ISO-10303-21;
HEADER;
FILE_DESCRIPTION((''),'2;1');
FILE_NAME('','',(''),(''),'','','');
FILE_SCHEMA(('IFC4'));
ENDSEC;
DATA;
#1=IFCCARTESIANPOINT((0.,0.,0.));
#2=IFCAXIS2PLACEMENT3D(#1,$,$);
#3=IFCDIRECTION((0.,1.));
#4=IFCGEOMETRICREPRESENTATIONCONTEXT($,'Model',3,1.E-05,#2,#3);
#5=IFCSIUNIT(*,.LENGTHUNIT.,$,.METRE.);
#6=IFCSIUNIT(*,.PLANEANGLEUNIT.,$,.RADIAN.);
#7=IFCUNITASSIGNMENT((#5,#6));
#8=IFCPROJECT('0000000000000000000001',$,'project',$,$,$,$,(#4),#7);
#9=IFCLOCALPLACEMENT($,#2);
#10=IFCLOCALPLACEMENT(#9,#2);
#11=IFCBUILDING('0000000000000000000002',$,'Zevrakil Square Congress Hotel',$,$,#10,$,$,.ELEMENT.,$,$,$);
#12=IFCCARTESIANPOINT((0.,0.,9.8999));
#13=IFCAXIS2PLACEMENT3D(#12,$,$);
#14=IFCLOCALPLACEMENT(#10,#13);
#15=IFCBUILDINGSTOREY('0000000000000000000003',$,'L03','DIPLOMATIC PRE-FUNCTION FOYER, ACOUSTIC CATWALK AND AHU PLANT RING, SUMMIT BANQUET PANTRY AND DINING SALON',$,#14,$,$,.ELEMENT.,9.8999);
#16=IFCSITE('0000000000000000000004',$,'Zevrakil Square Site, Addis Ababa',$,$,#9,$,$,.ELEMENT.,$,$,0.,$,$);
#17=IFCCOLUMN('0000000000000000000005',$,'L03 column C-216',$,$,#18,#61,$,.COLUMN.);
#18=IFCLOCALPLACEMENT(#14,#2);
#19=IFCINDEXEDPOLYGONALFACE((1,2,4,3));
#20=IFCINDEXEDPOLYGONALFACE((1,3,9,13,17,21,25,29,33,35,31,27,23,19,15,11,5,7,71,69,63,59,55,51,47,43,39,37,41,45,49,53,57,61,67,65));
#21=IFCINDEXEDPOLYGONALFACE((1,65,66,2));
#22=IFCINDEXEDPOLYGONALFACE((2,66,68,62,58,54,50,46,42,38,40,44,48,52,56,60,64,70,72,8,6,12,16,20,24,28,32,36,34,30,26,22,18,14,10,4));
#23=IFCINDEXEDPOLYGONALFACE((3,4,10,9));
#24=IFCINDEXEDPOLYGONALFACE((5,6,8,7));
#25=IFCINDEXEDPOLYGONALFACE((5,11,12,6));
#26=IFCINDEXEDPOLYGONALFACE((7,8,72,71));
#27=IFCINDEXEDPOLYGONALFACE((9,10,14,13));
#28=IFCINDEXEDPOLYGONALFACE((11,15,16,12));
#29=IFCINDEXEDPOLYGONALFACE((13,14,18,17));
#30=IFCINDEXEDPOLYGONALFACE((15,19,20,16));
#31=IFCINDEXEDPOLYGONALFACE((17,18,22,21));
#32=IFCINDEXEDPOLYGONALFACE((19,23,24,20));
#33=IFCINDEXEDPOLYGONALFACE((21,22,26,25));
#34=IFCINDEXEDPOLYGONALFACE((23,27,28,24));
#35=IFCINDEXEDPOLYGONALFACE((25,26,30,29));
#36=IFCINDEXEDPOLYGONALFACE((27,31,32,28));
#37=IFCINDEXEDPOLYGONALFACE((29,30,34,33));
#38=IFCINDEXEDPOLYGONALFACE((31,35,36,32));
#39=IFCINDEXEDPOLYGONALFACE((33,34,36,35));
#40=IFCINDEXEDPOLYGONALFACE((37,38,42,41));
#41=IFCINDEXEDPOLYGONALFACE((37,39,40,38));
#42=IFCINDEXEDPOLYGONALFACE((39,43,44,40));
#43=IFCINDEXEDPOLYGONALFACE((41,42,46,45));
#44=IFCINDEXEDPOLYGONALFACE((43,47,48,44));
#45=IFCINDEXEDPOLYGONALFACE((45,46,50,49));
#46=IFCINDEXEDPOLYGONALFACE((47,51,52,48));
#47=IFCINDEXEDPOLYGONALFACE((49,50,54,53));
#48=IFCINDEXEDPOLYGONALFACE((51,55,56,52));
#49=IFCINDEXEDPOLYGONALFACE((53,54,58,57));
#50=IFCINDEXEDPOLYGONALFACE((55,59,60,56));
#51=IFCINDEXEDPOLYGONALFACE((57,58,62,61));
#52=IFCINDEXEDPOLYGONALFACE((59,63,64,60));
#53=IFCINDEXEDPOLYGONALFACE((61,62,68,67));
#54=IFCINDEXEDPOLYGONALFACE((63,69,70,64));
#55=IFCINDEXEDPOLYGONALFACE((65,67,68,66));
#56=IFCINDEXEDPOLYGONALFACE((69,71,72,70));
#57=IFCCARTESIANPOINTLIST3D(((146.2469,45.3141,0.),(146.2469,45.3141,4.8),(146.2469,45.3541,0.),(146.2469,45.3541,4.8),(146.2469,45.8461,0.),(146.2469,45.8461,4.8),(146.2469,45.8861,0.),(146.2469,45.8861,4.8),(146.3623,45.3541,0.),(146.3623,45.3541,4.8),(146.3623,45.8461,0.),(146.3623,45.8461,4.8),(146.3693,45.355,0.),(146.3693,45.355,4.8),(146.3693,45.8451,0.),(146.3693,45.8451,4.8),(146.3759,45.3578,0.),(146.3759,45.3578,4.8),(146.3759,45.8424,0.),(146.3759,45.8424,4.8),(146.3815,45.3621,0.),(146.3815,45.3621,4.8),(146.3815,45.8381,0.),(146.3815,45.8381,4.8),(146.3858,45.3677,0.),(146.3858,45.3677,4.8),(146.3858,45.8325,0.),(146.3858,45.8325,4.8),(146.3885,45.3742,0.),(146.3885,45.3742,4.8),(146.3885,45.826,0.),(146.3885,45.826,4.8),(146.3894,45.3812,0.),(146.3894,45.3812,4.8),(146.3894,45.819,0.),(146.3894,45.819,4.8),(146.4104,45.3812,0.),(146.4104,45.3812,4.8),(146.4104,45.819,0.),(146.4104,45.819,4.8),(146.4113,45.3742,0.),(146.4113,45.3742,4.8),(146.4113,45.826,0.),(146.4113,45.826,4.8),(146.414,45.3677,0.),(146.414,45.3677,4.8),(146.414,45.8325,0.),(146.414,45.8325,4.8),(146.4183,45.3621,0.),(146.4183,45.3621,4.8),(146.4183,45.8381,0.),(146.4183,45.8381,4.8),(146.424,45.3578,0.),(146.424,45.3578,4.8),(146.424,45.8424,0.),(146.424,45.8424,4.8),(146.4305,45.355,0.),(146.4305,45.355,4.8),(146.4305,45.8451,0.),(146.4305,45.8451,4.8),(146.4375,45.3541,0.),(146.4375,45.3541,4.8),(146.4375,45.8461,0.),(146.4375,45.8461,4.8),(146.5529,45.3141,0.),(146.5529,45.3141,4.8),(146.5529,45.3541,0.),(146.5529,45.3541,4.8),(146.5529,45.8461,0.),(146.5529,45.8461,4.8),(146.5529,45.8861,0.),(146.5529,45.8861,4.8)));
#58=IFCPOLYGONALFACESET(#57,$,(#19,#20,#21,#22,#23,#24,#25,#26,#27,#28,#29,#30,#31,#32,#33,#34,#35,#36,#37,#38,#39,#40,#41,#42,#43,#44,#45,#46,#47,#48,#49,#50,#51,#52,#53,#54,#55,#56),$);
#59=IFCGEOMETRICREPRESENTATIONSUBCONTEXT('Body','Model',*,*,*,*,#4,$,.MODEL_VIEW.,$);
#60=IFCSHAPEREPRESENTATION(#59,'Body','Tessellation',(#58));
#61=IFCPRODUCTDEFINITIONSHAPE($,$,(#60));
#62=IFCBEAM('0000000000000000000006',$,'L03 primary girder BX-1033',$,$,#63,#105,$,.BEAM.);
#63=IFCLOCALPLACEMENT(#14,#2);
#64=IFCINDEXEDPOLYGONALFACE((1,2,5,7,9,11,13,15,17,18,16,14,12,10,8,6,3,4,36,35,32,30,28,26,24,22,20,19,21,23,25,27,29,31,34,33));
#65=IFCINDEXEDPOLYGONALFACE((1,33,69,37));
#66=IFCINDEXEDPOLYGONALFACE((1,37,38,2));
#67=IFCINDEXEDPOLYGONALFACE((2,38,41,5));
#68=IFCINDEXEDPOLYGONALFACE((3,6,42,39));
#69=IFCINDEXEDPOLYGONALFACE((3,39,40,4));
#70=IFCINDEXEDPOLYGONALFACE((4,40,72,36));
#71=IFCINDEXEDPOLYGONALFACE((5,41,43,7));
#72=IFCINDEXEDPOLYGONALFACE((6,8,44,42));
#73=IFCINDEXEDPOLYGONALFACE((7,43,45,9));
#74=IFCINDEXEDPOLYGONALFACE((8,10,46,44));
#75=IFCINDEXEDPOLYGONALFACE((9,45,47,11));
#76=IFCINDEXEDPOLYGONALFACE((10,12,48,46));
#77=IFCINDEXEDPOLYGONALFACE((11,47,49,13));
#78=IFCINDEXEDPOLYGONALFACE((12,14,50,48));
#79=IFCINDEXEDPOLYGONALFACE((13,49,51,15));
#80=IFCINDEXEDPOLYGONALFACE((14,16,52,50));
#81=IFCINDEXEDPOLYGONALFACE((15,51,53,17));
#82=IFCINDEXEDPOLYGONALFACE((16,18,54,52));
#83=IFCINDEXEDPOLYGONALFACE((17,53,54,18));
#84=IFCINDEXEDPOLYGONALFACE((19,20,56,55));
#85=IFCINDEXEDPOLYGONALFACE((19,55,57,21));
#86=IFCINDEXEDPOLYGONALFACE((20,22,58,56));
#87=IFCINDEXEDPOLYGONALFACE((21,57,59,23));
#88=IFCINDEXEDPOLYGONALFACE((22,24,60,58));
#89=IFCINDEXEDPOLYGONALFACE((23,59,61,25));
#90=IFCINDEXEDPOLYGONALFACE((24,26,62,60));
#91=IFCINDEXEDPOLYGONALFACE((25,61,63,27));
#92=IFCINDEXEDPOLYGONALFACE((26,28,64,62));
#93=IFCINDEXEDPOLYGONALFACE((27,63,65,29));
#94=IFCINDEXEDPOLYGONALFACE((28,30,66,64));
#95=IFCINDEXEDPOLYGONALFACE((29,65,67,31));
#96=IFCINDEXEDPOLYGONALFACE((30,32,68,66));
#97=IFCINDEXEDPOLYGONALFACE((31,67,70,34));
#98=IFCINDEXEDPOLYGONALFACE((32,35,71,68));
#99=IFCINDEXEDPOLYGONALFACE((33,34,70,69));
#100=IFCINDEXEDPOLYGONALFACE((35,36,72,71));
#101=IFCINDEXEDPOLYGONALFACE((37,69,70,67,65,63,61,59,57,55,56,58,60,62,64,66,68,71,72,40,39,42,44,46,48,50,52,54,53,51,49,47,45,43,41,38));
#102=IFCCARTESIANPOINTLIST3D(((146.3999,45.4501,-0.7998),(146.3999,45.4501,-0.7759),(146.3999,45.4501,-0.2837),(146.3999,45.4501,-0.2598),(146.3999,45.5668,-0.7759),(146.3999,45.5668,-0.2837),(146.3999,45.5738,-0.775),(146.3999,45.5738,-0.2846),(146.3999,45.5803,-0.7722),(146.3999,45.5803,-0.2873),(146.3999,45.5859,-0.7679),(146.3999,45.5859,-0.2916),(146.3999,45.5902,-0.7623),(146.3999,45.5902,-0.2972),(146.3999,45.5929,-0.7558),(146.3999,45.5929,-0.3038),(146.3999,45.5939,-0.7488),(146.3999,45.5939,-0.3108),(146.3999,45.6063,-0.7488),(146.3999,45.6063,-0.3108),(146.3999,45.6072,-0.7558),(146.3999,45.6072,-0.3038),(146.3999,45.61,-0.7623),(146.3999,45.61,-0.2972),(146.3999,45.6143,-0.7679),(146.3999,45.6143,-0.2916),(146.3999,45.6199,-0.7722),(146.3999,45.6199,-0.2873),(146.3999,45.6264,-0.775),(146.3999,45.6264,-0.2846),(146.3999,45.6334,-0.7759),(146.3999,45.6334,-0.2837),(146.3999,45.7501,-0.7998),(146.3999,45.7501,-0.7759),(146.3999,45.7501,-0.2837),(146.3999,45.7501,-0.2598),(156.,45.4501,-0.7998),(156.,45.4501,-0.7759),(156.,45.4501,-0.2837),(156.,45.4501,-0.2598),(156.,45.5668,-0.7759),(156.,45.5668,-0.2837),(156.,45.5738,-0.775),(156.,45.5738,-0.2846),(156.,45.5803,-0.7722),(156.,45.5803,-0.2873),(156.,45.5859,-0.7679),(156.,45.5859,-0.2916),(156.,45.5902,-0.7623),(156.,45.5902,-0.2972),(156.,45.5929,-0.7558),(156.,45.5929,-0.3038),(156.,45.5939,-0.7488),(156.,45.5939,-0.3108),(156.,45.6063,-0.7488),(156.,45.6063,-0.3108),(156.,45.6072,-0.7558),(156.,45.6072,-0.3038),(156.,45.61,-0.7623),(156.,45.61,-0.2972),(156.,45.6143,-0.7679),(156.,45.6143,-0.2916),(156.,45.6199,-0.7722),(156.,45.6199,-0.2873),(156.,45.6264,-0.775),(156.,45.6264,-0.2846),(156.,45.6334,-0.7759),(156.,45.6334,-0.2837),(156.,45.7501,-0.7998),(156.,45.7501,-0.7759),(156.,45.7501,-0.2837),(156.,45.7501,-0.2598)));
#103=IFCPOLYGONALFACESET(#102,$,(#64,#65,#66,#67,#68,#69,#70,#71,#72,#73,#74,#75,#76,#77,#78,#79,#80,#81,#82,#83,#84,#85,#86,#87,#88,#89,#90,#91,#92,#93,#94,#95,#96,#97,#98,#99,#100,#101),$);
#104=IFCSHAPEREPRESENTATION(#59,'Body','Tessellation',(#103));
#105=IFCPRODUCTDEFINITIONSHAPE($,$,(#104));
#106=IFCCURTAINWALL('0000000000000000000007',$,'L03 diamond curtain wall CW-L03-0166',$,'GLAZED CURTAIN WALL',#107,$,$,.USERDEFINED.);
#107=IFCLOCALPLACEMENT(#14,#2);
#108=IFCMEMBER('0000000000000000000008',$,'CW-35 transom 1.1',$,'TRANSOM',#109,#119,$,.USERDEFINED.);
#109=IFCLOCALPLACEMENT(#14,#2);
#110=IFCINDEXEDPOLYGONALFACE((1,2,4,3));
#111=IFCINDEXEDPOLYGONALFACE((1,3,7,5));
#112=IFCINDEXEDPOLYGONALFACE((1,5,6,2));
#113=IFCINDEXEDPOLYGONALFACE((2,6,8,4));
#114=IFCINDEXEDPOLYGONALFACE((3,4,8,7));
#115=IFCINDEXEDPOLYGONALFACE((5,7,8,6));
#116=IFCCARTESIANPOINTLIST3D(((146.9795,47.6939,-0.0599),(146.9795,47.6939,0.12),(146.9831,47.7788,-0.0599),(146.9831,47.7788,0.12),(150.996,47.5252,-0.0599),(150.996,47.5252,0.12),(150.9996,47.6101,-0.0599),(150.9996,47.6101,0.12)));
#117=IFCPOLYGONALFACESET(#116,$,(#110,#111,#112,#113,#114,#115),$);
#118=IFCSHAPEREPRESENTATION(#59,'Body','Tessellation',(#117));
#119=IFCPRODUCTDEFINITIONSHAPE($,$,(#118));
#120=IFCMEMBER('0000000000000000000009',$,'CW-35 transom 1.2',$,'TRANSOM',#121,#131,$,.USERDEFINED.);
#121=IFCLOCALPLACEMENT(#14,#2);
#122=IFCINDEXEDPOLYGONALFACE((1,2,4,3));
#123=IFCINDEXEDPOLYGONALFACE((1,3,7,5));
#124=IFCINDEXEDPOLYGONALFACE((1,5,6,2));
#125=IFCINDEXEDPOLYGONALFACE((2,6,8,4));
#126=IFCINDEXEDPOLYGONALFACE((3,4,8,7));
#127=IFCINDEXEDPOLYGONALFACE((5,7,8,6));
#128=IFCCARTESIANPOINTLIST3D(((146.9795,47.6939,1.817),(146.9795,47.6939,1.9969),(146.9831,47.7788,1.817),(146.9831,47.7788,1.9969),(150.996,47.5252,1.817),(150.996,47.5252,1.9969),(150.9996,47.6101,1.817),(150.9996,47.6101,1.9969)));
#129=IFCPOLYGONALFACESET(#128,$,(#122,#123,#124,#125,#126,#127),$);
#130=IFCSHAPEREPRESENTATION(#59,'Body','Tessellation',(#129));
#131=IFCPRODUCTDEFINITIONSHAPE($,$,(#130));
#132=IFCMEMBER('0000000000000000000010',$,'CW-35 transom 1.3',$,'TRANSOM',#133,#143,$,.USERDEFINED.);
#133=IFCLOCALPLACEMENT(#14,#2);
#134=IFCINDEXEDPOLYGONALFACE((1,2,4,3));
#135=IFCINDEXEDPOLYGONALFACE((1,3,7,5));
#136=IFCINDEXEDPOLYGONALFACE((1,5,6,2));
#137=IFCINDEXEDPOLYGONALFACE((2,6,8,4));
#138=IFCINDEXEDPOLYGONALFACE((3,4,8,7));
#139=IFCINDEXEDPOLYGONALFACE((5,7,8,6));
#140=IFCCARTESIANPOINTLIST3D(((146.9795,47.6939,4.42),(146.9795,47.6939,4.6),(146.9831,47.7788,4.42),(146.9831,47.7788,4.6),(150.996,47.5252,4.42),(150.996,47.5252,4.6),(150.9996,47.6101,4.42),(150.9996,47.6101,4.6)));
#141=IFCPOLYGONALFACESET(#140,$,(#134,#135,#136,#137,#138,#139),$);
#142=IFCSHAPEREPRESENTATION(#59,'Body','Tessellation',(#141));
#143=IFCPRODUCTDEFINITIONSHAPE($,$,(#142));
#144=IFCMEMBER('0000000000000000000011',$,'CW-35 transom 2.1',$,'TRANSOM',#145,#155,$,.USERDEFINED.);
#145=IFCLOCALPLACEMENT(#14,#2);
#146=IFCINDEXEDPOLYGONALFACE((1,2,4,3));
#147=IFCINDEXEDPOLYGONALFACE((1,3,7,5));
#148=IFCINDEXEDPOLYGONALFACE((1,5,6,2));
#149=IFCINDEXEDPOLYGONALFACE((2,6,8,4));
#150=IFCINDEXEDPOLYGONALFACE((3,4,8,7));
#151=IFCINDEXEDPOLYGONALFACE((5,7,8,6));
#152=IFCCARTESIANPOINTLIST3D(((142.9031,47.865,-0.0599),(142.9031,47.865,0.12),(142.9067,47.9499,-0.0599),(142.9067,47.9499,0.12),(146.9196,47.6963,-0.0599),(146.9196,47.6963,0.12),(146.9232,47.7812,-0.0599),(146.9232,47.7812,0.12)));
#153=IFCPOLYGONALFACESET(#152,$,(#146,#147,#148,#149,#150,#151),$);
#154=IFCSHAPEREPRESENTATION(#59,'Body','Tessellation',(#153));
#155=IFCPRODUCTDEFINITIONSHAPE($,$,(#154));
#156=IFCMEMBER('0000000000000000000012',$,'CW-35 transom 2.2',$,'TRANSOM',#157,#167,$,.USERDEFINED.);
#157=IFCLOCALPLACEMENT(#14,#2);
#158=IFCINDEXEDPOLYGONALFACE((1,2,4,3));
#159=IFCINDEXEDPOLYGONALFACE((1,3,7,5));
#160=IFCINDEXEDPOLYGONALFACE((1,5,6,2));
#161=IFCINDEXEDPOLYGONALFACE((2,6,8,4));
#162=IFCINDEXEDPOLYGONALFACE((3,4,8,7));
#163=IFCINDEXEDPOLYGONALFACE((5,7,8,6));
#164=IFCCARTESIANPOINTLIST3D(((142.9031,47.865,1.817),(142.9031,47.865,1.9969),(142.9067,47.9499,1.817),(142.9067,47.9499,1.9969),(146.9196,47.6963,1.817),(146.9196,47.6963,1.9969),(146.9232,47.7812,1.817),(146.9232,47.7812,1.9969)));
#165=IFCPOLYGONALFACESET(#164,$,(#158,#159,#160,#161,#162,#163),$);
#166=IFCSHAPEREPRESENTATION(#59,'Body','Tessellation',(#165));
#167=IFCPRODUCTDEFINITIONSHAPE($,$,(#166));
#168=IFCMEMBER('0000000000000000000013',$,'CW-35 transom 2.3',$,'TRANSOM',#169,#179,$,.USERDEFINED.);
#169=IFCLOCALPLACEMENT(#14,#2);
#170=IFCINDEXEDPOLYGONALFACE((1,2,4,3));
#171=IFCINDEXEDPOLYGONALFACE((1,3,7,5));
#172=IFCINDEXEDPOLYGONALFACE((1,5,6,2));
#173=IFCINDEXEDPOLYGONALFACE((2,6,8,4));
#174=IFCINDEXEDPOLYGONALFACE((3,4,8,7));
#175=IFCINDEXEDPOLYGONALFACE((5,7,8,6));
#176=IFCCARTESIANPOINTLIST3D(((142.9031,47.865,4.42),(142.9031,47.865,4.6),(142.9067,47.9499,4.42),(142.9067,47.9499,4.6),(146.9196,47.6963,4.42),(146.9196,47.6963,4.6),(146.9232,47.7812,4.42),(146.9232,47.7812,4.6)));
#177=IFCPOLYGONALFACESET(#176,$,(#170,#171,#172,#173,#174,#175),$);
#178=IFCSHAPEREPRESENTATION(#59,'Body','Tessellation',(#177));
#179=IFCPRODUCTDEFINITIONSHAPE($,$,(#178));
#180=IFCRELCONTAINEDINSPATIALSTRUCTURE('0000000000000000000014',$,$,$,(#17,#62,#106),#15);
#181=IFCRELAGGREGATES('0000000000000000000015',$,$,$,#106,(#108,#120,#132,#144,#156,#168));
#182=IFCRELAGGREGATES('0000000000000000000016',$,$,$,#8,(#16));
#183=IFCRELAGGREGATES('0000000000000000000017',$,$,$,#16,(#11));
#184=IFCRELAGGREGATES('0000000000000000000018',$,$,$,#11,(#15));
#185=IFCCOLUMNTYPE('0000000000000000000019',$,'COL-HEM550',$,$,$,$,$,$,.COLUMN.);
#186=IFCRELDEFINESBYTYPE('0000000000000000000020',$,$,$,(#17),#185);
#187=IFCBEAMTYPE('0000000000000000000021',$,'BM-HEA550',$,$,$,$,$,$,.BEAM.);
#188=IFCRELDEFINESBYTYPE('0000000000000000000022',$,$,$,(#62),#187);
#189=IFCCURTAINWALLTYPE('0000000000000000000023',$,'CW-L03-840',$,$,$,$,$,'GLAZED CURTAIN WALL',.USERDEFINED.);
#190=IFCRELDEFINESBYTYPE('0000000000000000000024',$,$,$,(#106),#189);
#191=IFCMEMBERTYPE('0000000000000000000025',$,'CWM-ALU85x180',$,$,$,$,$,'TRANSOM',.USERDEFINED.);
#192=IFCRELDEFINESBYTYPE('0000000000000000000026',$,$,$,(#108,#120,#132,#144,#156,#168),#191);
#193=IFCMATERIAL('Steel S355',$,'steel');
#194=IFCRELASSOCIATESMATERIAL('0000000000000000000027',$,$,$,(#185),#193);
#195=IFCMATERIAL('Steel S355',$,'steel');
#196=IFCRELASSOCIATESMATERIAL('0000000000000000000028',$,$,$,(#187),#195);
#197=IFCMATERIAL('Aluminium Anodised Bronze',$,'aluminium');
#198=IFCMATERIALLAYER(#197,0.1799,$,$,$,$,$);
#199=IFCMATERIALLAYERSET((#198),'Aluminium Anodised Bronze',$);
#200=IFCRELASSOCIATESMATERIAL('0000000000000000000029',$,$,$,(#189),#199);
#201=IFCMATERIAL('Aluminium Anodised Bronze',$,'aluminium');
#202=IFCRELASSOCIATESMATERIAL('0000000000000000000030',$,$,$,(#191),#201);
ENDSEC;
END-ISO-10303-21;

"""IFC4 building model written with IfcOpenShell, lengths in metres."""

from ifc_helpers import new_model, si_unit, direction, frame, origin, origin_2d, place, context, subcontext, project, spatial, rectangle, i_section, extrude, material, layer, layer_set, material_profile, profile_set, type_object, element, aggregate, save


model = new_model("IFC4")

# Units and contexts
model_context = context("Model", 3, precision=1e-05, world=origin(), true_north=direction((0.0, 1.0)))
body_context = subcontext(model_context, "Body", "Model", "MODEL_VIEW")
ifc_project = project(units=[si_unit("LENGTHUNIT", "METRE"), si_unit("PLANEANGLEUNIT", "RADIAN")], contexts=[model_context])

# Site, building, storey
site_placement = place(None, origin())
site = spatial("IfcSite", under=ifc_project, at=site_placement, Name="Zevrakil Square Site, Addis Ababa", CompositionType="ELEMENT", RefElevation=0.0)
building_placement = place(site_placement, origin())
building = spatial("IfcBuilding", under=site, at=building_placement, Name="Zevrakil Square Congress Hotel", CompositionType="ELEMENT")
storey_placement = place(building_placement, frame((0.0, 0.0, 9.8999)))
storey = spatial("IfcBuildingStorey", under=building, at=storey_placement, Name="L03", Description="DIPLOMATIC PRE-FUNCTION FOYER, ACOUSTIC CATWALK AND AHU PLANT RING, SUMMIT BANQUET PANTRY AND DINING SALON", CompositionType="ELEMENT", Elevation=9.8999)

# Column
ifc_material_1 = material(Name="Steel S355", Category="steel")
ifc_material_profile_1 = material_profile(ifc_material_1, i_section(OverallWidth=0.3059, OverallDepth=0.572, WebThickness=0.021, FlangeThickness=0.04, FilletRadius=0.0271, at=origin_2d()), Name="HEM 550")
ifc_profile_set_1 = profile_set([ifc_material_profile_1], Name="Steel S355")
column_type = type_object("IfcColumnType", Name="COL-HEM550", PredefinedType="COLUMN", material=ifc_profile_set_1)
column_placement = place(storey_placement, frame((146.3999, 45.6001, 0.0), z_axis=(0.0, 0.0, 1.0), x_axis=(1.0, 0.0, 0.0)))
element("IfcColumn", 1, at=column_placement, inside=storey, type_object=column_type, Name="L03 column C-216", PredefinedType="COLUMN", context=body_context, shape_type="SweptSolid", body=[
    extrude(i_section(OverallWidth=0.3059, OverallDepth=0.572, WebThickness=0.021, FlangeThickness=0.04, FilletRadius=0.0271, at=origin_2d()), origin(), (0.0, 0.0, 1.0), 4.8),
])

# Beam
ifc_material_2 = material(Name="Steel S355", Category="steel")
ifc_material_profile_2 = material_profile(ifc_material_2, i_section(OverallWidth=0.3, OverallDepth=0.54, WebThickness=0.0125, FlangeThickness=0.0239, FilletRadius=0.0271, at=origin_2d()), Name="HEA 550")
ifc_profile_set_2 = profile_set([ifc_material_profile_2], Name="Steel S355")
beam_type = type_object("IfcBeamType", Name="BM-HEA550", PredefinedType="BEAM", material=ifc_profile_set_2)
beam_placement = place(storey_placement, frame((146.3999, 45.6001, -0.5298), z_axis=(1.0, 0.0, 0.0), x_axis=(0.0, 1.0, 0.0)))
element("IfcBeam", 2, at=beam_placement, inside=storey, type_object=beam_type, Name="L03 primary girder BX-1033", PredefinedType="BEAM", context=body_context, shape_type="SweptSolid", body=[
    extrude(i_section(OverallWidth=0.3, OverallDepth=0.54, WebThickness=0.0125, FlangeThickness=0.0239, FilletRadius=0.0271, at=origin_2d()), origin(), (0.0, 0.0, 1.0), 9.6001),
])

# Curtain wall, members
ifc_material_3 = material(Name="Aluminium Anodised Bronze", Category="aluminium")
ifc_layer_1 = layer(ifc_material_3, 0.1799)
ifc_layer_set_1 = layer_set([ifc_layer_1], Name="Aluminium Anodised Bronze")
curtain_wall_type = type_object("IfcCurtainWallType", Name="CW-L03-840", ElementType="GLAZED CURTAIN WALL", PredefinedType="USERDEFINED", material=ifc_layer_set_1)
curtain_wall_placement = place(storey_placement, origin())
curtain_wall = element("IfcCurtainWall", 3, at=curtain_wall_placement, inside=storey, type_object=curtain_wall_type, Name="L03 diamond curtain wall CW-L03-0166", ObjectType="GLAZED CURTAIN WALL", PredefinedType="USERDEFINED")
ifc_material_4 = material(Name="Aluminium Anodised Bronze", Category="aluminium")
ifc_material_profile_3 = material_profile(ifc_material_4, rectangle(XDim=0.085, YDim=0.1799, at=origin_2d()), Name="ALU 85x180")
ifc_profile_set_3 = profile_set([ifc_material_profile_3], Name="Aluminium Anodised Bronze")
member_type_1 = type_object("IfcMemberType", Name="CWM-ALU85x180", ElementType="TRANSOM", PredefinedType="USERDEFINED", material=ifc_profile_set_3)
member_1_placement = place(storey_placement, frame((150.9978, 47.5676, 0.03), z_axis=(-0.999119, 0.041967, 0.0), x_axis=(-0.041967, -0.999119, 0.0)))
member_1 = element("IfcMember", 4, at=member_1_placement, type_object=member_type_1, Name="CW-35 transom 1.1", ObjectType="TRANSOM", PredefinedType="USERDEFINED", context=body_context, shape_type="SweptSolid", body=[
    extrude(rectangle(XDim=0.085, YDim=0.1799, at=origin_2d()), origin(), (0.0, 0.0, 1.0), 4.02),
])
member_2_placement = place(storey_placement, frame((150.9978, 47.5676, 1.907), z_axis=(-0.999119, 0.041967, 0.0), x_axis=(-0.041967, -0.999119, 0.0)))
member_2 = element("IfcMember", 5, at=member_2_placement, type_object=member_type_1, Name="CW-35 transom 1.2", ObjectType="TRANSOM", PredefinedType="USERDEFINED", context=body_context, shape_type="SweptSolid", body=[
    extrude(rectangle(XDim=0.085, YDim=0.1799, at=origin_2d()), origin(), (0.0, 0.0, 1.0), 4.02),
])
member_3_placement = place(storey_placement, frame((150.9978, 47.5676, 4.51), z_axis=(-0.999119, 0.041967, 0.0), x_axis=(-0.041967, -0.999119, 0.0)))
member_3 = element("IfcMember", 6, at=member_3_placement, type_object=member_type_1, Name="CW-35 transom 1.3", ObjectType="TRANSOM", PredefinedType="USERDEFINED", context=body_context, shape_type="SweptSolid", body=[
    extrude(rectangle(XDim=0.085, YDim=0.1799, at=origin_2d()), origin(), (0.0, 0.0, 1.0), 4.02),
])
member_4_placement = place(storey_placement, frame((146.9214, 47.7388, 0.03), z_axis=(-0.999119, 0.041967, 0.0), x_axis=(-0.041967, -0.999119, 0.0)))
member_4 = element("IfcMember", 7, at=member_4_placement, type_object=member_type_1, Name="CW-35 transom 2.1", ObjectType="TRANSOM", PredefinedType="USERDEFINED", context=body_context, shape_type="SweptSolid", body=[
    extrude(rectangle(XDim=0.085, YDim=0.1799, at=origin_2d()), origin(), (0.0, 0.0, 1.0), 4.02),
])
member_5_placement = place(storey_placement, frame((146.9214, 47.7388, 1.907), z_axis=(-0.999119, 0.041967, 0.0), x_axis=(-0.041967, -0.999119, 0.0)))
member_5 = element("IfcMember", 8, at=member_5_placement, type_object=member_type_1, Name="CW-35 transom 2.2", ObjectType="TRANSOM", PredefinedType="USERDEFINED", context=body_context, shape_type="SweptSolid", body=[
    extrude(rectangle(XDim=0.085, YDim=0.1799, at=origin_2d()), origin(), (0.0, 0.0, 1.0), 4.02),
])
member_6_placement = place(storey_placement, frame((146.9214, 47.7388, 4.51), z_axis=(-0.999119, 0.041967, 0.0), x_axis=(-0.041967, -0.999119, 0.0)))
member_6 = element("IfcMember", 9, at=member_6_placement, type_object=member_type_1, Name="CW-35 transom 2.3", ObjectType="TRANSOM", PredefinedType="USERDEFINED", context=body_context, shape_type="SweptSolid", body=[
    extrude(rectangle(XDim=0.085, YDim=0.1799, at=origin_2d()), origin(), (0.0, 0.0, 1.0), 4.02),
])

aggregate(curtain_wall, [member_1, member_2, member_3, member_4, member_5, member_6])

save(model, "model.ifc")
